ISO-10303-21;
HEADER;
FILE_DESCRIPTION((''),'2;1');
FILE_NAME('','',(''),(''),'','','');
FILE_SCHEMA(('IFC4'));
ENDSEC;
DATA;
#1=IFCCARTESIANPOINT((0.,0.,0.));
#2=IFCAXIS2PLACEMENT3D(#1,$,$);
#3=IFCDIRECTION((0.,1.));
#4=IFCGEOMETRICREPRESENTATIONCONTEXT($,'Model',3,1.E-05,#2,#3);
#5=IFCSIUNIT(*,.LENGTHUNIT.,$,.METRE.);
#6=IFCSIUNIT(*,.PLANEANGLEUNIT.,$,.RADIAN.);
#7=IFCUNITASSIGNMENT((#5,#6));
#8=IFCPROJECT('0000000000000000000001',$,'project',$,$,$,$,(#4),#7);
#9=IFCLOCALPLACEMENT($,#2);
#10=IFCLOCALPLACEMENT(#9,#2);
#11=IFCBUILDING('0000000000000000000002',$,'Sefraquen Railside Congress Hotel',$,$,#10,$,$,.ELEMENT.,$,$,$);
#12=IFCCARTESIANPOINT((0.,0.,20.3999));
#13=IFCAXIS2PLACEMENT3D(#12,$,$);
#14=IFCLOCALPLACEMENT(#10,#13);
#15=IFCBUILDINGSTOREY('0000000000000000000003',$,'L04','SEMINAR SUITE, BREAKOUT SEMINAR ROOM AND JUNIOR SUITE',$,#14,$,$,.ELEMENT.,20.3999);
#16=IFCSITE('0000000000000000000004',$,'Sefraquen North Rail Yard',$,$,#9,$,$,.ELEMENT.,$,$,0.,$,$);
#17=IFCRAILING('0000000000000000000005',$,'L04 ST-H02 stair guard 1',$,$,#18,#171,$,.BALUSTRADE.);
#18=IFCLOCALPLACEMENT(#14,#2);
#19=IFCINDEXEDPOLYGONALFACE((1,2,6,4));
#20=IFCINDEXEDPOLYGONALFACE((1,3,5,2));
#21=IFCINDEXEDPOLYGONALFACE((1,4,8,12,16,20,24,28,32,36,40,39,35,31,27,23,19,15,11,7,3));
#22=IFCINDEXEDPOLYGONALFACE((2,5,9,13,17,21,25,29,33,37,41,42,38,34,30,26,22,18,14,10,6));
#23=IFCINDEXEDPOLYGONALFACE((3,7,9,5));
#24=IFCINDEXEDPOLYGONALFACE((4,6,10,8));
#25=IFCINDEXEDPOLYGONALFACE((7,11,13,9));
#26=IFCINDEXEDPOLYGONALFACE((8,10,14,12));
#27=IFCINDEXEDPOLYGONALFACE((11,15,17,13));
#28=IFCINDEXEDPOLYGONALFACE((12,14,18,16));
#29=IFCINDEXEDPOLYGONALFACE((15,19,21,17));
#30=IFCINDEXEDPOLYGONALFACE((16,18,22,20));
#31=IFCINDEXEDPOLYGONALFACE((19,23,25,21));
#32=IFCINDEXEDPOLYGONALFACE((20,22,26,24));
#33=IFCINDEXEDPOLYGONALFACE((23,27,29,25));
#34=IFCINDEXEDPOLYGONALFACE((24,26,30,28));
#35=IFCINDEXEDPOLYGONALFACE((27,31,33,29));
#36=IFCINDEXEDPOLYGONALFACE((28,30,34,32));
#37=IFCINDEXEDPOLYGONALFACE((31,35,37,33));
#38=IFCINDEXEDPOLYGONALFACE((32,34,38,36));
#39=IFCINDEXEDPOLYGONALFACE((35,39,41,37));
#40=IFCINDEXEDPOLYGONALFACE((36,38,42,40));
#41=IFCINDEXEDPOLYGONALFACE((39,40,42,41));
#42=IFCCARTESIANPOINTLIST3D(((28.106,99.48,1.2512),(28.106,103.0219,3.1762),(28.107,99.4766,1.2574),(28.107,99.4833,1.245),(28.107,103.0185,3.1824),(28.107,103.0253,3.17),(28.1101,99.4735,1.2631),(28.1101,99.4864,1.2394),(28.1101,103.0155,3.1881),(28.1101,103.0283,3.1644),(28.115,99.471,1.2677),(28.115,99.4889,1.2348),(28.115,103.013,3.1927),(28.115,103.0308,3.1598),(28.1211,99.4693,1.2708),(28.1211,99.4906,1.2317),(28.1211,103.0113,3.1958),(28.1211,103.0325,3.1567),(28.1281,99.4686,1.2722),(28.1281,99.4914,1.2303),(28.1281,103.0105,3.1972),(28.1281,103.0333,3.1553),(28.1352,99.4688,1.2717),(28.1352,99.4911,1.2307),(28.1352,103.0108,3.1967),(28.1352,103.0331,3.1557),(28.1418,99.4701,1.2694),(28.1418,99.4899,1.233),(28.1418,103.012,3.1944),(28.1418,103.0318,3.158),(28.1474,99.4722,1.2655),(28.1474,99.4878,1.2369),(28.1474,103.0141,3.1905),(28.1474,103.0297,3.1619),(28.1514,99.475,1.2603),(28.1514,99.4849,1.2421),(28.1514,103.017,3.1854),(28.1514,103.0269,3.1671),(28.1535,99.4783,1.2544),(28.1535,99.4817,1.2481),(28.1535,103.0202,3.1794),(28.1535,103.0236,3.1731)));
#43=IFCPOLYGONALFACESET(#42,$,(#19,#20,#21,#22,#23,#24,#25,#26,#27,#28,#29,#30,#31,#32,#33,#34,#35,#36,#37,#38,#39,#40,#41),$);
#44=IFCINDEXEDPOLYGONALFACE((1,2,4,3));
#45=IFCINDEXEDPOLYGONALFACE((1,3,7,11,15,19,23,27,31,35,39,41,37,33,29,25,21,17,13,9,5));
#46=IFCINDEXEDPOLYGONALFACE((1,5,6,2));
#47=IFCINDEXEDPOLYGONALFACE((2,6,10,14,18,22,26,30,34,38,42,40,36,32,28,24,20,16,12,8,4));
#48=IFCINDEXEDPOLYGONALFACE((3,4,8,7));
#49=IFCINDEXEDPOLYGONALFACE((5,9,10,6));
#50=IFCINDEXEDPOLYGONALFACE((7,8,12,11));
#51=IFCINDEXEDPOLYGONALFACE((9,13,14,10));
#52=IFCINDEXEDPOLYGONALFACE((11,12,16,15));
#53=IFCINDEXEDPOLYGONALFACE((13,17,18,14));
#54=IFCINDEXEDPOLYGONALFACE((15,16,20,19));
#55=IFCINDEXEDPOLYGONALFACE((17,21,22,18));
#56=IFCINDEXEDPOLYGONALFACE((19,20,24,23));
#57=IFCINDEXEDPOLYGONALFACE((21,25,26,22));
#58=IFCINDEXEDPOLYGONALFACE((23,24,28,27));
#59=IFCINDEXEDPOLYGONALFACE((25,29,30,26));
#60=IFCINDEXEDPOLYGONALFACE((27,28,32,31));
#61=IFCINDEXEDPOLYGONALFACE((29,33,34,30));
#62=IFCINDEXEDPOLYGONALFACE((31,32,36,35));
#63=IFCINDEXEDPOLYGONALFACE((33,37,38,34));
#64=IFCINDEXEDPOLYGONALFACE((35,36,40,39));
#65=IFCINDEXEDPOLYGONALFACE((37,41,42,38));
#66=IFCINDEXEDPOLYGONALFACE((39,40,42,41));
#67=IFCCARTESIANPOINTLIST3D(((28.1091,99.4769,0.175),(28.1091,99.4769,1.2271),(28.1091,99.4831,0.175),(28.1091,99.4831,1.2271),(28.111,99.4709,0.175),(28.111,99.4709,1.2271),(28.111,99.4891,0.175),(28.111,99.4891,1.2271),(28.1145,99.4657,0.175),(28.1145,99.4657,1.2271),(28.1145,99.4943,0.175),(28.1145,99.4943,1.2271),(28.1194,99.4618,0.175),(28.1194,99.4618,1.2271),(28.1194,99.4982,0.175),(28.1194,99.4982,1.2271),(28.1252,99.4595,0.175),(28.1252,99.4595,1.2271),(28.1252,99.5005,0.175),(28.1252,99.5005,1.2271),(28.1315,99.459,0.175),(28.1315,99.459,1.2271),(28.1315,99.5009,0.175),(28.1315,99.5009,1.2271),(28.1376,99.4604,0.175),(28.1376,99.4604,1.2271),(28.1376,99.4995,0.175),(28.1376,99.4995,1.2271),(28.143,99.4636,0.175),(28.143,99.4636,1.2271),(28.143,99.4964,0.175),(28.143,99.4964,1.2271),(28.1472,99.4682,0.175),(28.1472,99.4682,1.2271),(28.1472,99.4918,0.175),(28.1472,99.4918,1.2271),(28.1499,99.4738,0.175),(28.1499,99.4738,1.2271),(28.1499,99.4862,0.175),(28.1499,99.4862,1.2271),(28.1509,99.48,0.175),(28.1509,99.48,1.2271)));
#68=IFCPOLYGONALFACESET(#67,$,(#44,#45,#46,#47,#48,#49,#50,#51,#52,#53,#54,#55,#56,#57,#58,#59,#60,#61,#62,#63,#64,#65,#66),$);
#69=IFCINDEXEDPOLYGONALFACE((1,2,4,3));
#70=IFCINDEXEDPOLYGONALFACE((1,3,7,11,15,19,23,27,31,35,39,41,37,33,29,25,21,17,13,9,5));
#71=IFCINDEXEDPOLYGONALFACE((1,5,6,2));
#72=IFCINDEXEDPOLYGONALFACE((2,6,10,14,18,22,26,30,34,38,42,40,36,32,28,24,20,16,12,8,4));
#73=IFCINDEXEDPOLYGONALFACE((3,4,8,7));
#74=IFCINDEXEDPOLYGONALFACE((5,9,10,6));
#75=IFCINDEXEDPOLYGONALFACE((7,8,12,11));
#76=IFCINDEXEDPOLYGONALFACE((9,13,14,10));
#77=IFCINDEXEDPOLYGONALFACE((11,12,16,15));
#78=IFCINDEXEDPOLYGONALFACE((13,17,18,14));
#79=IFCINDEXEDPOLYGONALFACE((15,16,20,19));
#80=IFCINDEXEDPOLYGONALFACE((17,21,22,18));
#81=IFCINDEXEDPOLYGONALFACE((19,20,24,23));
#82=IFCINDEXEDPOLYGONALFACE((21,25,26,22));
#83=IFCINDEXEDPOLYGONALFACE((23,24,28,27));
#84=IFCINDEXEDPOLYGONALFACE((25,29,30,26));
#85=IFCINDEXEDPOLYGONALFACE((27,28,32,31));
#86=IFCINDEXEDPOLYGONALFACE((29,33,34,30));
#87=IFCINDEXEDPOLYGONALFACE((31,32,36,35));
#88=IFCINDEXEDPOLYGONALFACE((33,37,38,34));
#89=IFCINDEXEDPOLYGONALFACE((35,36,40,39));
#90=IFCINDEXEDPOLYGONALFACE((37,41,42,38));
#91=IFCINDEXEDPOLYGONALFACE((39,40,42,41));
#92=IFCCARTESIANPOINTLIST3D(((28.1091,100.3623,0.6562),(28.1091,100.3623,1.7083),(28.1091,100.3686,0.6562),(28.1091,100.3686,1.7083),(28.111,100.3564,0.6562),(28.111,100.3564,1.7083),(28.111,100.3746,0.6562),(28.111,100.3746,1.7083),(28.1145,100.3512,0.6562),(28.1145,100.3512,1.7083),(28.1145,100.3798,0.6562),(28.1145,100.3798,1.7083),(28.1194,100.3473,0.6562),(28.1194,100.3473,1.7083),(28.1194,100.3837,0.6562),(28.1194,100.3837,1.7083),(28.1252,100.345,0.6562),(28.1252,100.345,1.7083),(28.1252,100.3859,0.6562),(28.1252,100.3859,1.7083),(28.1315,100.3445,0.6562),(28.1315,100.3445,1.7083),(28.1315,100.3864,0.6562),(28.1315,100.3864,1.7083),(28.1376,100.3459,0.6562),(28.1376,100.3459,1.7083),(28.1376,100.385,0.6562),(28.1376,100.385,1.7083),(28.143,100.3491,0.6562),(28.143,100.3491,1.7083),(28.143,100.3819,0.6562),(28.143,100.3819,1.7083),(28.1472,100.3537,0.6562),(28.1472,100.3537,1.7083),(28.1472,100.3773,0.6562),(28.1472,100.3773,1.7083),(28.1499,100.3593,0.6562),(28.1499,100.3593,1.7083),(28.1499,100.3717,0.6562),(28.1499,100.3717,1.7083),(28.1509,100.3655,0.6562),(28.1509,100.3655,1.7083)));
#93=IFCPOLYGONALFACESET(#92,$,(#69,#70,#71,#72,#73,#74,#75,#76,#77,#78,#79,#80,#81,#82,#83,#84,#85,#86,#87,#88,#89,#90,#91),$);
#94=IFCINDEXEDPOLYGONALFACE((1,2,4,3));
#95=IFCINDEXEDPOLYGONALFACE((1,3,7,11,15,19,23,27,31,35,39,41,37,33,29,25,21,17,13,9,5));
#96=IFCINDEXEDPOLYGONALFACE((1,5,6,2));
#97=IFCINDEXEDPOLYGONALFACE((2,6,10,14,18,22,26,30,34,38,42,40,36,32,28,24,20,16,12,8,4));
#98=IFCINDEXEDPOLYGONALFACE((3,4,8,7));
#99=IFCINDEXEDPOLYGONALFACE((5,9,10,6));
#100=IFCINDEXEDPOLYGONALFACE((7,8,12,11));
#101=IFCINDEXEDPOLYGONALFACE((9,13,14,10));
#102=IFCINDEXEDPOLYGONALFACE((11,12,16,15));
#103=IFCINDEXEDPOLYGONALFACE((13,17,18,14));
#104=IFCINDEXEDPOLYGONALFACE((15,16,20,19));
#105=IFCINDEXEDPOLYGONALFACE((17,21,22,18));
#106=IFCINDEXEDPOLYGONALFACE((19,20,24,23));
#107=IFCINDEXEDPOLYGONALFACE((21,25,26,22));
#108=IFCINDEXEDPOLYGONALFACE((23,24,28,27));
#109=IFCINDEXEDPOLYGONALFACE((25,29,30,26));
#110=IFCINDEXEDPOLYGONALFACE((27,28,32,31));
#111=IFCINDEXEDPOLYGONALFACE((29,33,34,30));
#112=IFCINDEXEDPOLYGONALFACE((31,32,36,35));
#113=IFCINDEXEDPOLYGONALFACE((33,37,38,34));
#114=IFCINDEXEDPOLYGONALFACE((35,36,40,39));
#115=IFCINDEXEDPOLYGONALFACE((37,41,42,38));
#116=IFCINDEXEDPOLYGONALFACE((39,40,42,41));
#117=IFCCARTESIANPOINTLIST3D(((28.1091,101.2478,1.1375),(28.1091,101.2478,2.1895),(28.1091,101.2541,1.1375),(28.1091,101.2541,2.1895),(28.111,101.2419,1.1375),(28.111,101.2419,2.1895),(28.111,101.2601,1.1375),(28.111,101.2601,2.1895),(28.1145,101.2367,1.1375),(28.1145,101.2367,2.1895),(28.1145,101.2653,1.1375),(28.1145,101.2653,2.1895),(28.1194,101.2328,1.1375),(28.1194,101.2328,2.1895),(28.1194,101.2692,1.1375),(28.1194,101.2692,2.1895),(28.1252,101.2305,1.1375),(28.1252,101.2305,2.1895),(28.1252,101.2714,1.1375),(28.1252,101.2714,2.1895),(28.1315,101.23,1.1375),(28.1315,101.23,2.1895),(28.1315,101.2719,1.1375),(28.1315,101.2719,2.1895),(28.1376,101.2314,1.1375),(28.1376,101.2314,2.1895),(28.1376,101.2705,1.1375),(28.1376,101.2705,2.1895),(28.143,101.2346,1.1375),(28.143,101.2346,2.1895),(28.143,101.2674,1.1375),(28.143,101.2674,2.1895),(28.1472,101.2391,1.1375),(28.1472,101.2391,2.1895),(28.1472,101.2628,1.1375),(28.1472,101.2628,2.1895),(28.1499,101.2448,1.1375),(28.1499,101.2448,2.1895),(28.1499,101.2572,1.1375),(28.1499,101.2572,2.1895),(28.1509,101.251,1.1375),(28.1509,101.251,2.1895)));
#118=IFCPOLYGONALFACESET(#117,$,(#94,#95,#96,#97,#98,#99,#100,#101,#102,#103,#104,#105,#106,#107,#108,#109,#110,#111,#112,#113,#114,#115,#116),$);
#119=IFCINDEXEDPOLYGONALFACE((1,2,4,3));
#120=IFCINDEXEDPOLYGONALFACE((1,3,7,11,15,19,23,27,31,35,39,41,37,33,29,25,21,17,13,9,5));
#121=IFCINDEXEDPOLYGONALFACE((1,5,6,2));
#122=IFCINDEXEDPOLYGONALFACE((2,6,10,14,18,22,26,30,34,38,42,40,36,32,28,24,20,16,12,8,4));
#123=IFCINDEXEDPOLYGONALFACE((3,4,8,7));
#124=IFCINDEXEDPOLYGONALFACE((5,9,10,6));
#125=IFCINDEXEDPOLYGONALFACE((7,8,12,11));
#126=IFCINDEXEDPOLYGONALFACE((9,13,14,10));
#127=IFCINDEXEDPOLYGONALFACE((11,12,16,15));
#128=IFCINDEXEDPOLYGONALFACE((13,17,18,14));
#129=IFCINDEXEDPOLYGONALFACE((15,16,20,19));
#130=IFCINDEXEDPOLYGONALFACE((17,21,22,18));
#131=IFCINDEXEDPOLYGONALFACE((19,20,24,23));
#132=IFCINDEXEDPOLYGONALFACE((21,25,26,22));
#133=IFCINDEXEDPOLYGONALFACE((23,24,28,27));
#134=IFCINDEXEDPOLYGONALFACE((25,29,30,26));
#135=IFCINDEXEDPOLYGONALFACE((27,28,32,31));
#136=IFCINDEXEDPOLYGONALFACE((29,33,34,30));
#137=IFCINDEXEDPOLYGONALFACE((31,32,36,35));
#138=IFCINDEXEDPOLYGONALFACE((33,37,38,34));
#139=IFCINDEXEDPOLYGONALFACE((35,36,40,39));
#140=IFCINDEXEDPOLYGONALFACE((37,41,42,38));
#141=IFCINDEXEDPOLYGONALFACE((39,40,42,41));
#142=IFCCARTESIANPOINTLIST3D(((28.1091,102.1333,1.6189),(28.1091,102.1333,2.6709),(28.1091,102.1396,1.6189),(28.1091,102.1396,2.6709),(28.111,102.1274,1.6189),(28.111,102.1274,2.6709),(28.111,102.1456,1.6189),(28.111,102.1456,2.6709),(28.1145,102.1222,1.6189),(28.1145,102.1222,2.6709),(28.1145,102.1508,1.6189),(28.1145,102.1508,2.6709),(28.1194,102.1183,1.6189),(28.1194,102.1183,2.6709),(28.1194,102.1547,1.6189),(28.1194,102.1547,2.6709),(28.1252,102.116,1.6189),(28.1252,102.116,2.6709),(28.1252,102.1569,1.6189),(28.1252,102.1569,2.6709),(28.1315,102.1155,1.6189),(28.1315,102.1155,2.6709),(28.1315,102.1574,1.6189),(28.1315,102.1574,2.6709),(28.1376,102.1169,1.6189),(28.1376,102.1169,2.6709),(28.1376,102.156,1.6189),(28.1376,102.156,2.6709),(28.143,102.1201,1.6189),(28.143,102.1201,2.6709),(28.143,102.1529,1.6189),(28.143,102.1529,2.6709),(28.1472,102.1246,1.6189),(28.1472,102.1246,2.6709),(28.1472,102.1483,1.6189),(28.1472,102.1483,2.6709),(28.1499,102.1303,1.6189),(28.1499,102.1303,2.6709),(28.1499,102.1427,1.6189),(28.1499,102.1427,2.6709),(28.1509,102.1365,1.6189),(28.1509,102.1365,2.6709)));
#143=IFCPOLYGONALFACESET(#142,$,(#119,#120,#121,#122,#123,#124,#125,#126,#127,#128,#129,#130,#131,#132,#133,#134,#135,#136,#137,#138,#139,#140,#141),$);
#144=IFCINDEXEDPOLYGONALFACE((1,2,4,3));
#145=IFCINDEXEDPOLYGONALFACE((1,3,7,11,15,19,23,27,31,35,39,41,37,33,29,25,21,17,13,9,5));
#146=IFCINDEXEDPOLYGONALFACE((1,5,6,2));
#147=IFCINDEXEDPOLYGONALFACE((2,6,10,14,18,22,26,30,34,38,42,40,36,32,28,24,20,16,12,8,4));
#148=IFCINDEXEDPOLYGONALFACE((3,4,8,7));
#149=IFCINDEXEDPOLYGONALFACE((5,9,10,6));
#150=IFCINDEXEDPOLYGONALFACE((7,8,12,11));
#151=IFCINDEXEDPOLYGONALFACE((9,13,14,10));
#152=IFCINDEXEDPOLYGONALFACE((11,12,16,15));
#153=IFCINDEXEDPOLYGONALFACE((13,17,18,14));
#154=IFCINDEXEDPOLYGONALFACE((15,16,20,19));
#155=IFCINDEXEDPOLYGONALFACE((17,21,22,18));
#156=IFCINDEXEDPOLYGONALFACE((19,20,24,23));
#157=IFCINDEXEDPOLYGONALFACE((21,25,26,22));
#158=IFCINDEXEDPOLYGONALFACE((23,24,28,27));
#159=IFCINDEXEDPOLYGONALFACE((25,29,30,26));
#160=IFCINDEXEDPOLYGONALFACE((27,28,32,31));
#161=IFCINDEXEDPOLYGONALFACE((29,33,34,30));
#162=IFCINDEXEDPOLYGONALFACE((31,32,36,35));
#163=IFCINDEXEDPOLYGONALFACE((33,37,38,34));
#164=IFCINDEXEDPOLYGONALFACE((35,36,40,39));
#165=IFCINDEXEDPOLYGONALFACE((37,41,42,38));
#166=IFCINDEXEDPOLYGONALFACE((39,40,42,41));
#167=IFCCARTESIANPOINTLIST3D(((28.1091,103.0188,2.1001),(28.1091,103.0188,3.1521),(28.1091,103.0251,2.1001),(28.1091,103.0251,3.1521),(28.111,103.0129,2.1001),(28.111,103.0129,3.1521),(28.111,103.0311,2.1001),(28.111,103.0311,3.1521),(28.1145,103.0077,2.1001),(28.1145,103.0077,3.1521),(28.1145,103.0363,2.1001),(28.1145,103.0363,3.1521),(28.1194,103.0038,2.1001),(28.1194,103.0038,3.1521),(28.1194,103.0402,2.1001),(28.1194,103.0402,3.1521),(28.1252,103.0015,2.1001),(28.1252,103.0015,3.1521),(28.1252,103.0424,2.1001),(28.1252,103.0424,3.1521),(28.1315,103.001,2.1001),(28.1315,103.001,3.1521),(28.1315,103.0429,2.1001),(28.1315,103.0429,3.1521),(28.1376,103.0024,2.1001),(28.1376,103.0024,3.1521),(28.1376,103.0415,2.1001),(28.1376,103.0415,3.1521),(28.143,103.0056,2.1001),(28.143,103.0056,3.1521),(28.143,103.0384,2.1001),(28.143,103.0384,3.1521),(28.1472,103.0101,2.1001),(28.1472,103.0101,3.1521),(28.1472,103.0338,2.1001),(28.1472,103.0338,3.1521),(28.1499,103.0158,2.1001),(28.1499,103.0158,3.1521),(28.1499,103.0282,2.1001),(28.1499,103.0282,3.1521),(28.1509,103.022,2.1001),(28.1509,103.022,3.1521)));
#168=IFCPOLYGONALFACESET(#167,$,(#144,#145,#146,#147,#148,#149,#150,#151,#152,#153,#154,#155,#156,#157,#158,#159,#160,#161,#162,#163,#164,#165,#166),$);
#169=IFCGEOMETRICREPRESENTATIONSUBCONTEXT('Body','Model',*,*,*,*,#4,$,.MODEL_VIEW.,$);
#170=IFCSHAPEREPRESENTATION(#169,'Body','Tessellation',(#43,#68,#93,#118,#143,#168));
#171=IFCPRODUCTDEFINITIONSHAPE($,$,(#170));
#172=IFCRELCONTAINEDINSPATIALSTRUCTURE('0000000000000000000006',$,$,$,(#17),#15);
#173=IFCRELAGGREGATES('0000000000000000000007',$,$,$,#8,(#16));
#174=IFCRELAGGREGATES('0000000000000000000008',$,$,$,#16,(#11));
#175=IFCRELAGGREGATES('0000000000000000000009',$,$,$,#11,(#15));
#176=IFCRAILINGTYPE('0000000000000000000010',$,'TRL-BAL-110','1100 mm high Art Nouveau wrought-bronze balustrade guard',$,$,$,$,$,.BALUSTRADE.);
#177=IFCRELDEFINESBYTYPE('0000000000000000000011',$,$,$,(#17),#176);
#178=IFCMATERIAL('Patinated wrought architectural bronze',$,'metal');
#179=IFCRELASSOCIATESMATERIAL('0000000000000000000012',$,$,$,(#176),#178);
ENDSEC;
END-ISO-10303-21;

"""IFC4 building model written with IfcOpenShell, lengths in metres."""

from ifc_helpers import new_model, si_unit, direction, frame, origin, origin_2d, place, context, subcontext, project, spatial, circle, extrude, material, type_object, element, save


model = new_model("IFC4")

# Units and contexts
model_context = context("Model", 3, precision=1e-05, world=origin(), true_north=direction((0.0, 1.0)))
body_context = subcontext(model_context, "Body", "Model", "MODEL_VIEW")
ifc_project = project(units=[si_unit("LENGTHUNIT", "METRE"), si_unit("PLANEANGLEUNIT", "RADIAN")], contexts=[model_context])

# Site, building, storey
site_placement = place(None, origin())
site = spatial("IfcSite", under=ifc_project, at=site_placement, Name="Sefraquen North Rail Yard", CompositionType="ELEMENT", RefElevation=0.0)
building_placement = place(site_placement, origin())
building = spatial("IfcBuilding", under=site, at=building_placement, Name="Sefraquen Railside Congress Hotel", CompositionType="ELEMENT")
storey_placement = place(building_placement, frame((0.0, 0.0, 20.3999)))
storey = spatial("IfcBuildingStorey", under=building, at=storey_placement, Name="L04", Description="SEMINAR SUITE, BREAKOUT SEMINAR ROOM AND JUNIOR SUITE", CompositionType="ELEMENT", Elevation=20.3999)

# Railing
ifc_material_1 = material(Name="Patinated wrought architectural bronze", Category="metal")
railing_type_1 = type_object("IfcRailingType", Name="TRL-BAL-110", Description="1100 mm high Art Nouveau wrought-bronze balustrade guard", PredefinedType="BALUSTRADE", material=ifc_material_1)
railing_1_placement = place(storey_placement, frame((28.1299, 99.48, 0.175)))
element("IfcRailing", 1, at=railing_1_placement, inside=storey, type_object=railing_type_1, Name="L04 ST-H02 stair guard 1", PredefinedType="BALUSTRADE", context=body_context, shape_type="SweptSolid", body=[
    extrude(circle(Radius=0.0239, at=origin_2d()), frame((0.0, 0.0, 1.0762), z_axis=(0.0, 0.878619, 0.477523), x_axis=(-1.0, 0.0, 0.0)), (0.0, 0.0, 1.0), 4.0312),
    extrude(circle(Radius=0.021, at=origin_2d()), origin(), (0.0, 0.0, 1.0), 1.052),
    extrude(circle(Radius=0.021, at=origin_2d()), frame((0.0, 0.8855, 0.4812)), (0.0, 0.0, 1.0), 1.052),
    extrude(circle(Radius=0.021, at=origin_2d()), frame((0.0, 1.771, 0.9624)), (0.0, 0.0, 1.0), 1.052),
    extrude(circle(Radius=0.021, at=origin_2d()), frame((0.0, 2.6565, 1.4438)), (0.0, 0.0, 1.0), 1.052),
    extrude(circle(Radius=0.021, at=origin_2d()), frame((0.0, 3.542, 1.925)), (0.0, 0.0, 1.0), 1.052),
])

save(model, "model.ifc")
